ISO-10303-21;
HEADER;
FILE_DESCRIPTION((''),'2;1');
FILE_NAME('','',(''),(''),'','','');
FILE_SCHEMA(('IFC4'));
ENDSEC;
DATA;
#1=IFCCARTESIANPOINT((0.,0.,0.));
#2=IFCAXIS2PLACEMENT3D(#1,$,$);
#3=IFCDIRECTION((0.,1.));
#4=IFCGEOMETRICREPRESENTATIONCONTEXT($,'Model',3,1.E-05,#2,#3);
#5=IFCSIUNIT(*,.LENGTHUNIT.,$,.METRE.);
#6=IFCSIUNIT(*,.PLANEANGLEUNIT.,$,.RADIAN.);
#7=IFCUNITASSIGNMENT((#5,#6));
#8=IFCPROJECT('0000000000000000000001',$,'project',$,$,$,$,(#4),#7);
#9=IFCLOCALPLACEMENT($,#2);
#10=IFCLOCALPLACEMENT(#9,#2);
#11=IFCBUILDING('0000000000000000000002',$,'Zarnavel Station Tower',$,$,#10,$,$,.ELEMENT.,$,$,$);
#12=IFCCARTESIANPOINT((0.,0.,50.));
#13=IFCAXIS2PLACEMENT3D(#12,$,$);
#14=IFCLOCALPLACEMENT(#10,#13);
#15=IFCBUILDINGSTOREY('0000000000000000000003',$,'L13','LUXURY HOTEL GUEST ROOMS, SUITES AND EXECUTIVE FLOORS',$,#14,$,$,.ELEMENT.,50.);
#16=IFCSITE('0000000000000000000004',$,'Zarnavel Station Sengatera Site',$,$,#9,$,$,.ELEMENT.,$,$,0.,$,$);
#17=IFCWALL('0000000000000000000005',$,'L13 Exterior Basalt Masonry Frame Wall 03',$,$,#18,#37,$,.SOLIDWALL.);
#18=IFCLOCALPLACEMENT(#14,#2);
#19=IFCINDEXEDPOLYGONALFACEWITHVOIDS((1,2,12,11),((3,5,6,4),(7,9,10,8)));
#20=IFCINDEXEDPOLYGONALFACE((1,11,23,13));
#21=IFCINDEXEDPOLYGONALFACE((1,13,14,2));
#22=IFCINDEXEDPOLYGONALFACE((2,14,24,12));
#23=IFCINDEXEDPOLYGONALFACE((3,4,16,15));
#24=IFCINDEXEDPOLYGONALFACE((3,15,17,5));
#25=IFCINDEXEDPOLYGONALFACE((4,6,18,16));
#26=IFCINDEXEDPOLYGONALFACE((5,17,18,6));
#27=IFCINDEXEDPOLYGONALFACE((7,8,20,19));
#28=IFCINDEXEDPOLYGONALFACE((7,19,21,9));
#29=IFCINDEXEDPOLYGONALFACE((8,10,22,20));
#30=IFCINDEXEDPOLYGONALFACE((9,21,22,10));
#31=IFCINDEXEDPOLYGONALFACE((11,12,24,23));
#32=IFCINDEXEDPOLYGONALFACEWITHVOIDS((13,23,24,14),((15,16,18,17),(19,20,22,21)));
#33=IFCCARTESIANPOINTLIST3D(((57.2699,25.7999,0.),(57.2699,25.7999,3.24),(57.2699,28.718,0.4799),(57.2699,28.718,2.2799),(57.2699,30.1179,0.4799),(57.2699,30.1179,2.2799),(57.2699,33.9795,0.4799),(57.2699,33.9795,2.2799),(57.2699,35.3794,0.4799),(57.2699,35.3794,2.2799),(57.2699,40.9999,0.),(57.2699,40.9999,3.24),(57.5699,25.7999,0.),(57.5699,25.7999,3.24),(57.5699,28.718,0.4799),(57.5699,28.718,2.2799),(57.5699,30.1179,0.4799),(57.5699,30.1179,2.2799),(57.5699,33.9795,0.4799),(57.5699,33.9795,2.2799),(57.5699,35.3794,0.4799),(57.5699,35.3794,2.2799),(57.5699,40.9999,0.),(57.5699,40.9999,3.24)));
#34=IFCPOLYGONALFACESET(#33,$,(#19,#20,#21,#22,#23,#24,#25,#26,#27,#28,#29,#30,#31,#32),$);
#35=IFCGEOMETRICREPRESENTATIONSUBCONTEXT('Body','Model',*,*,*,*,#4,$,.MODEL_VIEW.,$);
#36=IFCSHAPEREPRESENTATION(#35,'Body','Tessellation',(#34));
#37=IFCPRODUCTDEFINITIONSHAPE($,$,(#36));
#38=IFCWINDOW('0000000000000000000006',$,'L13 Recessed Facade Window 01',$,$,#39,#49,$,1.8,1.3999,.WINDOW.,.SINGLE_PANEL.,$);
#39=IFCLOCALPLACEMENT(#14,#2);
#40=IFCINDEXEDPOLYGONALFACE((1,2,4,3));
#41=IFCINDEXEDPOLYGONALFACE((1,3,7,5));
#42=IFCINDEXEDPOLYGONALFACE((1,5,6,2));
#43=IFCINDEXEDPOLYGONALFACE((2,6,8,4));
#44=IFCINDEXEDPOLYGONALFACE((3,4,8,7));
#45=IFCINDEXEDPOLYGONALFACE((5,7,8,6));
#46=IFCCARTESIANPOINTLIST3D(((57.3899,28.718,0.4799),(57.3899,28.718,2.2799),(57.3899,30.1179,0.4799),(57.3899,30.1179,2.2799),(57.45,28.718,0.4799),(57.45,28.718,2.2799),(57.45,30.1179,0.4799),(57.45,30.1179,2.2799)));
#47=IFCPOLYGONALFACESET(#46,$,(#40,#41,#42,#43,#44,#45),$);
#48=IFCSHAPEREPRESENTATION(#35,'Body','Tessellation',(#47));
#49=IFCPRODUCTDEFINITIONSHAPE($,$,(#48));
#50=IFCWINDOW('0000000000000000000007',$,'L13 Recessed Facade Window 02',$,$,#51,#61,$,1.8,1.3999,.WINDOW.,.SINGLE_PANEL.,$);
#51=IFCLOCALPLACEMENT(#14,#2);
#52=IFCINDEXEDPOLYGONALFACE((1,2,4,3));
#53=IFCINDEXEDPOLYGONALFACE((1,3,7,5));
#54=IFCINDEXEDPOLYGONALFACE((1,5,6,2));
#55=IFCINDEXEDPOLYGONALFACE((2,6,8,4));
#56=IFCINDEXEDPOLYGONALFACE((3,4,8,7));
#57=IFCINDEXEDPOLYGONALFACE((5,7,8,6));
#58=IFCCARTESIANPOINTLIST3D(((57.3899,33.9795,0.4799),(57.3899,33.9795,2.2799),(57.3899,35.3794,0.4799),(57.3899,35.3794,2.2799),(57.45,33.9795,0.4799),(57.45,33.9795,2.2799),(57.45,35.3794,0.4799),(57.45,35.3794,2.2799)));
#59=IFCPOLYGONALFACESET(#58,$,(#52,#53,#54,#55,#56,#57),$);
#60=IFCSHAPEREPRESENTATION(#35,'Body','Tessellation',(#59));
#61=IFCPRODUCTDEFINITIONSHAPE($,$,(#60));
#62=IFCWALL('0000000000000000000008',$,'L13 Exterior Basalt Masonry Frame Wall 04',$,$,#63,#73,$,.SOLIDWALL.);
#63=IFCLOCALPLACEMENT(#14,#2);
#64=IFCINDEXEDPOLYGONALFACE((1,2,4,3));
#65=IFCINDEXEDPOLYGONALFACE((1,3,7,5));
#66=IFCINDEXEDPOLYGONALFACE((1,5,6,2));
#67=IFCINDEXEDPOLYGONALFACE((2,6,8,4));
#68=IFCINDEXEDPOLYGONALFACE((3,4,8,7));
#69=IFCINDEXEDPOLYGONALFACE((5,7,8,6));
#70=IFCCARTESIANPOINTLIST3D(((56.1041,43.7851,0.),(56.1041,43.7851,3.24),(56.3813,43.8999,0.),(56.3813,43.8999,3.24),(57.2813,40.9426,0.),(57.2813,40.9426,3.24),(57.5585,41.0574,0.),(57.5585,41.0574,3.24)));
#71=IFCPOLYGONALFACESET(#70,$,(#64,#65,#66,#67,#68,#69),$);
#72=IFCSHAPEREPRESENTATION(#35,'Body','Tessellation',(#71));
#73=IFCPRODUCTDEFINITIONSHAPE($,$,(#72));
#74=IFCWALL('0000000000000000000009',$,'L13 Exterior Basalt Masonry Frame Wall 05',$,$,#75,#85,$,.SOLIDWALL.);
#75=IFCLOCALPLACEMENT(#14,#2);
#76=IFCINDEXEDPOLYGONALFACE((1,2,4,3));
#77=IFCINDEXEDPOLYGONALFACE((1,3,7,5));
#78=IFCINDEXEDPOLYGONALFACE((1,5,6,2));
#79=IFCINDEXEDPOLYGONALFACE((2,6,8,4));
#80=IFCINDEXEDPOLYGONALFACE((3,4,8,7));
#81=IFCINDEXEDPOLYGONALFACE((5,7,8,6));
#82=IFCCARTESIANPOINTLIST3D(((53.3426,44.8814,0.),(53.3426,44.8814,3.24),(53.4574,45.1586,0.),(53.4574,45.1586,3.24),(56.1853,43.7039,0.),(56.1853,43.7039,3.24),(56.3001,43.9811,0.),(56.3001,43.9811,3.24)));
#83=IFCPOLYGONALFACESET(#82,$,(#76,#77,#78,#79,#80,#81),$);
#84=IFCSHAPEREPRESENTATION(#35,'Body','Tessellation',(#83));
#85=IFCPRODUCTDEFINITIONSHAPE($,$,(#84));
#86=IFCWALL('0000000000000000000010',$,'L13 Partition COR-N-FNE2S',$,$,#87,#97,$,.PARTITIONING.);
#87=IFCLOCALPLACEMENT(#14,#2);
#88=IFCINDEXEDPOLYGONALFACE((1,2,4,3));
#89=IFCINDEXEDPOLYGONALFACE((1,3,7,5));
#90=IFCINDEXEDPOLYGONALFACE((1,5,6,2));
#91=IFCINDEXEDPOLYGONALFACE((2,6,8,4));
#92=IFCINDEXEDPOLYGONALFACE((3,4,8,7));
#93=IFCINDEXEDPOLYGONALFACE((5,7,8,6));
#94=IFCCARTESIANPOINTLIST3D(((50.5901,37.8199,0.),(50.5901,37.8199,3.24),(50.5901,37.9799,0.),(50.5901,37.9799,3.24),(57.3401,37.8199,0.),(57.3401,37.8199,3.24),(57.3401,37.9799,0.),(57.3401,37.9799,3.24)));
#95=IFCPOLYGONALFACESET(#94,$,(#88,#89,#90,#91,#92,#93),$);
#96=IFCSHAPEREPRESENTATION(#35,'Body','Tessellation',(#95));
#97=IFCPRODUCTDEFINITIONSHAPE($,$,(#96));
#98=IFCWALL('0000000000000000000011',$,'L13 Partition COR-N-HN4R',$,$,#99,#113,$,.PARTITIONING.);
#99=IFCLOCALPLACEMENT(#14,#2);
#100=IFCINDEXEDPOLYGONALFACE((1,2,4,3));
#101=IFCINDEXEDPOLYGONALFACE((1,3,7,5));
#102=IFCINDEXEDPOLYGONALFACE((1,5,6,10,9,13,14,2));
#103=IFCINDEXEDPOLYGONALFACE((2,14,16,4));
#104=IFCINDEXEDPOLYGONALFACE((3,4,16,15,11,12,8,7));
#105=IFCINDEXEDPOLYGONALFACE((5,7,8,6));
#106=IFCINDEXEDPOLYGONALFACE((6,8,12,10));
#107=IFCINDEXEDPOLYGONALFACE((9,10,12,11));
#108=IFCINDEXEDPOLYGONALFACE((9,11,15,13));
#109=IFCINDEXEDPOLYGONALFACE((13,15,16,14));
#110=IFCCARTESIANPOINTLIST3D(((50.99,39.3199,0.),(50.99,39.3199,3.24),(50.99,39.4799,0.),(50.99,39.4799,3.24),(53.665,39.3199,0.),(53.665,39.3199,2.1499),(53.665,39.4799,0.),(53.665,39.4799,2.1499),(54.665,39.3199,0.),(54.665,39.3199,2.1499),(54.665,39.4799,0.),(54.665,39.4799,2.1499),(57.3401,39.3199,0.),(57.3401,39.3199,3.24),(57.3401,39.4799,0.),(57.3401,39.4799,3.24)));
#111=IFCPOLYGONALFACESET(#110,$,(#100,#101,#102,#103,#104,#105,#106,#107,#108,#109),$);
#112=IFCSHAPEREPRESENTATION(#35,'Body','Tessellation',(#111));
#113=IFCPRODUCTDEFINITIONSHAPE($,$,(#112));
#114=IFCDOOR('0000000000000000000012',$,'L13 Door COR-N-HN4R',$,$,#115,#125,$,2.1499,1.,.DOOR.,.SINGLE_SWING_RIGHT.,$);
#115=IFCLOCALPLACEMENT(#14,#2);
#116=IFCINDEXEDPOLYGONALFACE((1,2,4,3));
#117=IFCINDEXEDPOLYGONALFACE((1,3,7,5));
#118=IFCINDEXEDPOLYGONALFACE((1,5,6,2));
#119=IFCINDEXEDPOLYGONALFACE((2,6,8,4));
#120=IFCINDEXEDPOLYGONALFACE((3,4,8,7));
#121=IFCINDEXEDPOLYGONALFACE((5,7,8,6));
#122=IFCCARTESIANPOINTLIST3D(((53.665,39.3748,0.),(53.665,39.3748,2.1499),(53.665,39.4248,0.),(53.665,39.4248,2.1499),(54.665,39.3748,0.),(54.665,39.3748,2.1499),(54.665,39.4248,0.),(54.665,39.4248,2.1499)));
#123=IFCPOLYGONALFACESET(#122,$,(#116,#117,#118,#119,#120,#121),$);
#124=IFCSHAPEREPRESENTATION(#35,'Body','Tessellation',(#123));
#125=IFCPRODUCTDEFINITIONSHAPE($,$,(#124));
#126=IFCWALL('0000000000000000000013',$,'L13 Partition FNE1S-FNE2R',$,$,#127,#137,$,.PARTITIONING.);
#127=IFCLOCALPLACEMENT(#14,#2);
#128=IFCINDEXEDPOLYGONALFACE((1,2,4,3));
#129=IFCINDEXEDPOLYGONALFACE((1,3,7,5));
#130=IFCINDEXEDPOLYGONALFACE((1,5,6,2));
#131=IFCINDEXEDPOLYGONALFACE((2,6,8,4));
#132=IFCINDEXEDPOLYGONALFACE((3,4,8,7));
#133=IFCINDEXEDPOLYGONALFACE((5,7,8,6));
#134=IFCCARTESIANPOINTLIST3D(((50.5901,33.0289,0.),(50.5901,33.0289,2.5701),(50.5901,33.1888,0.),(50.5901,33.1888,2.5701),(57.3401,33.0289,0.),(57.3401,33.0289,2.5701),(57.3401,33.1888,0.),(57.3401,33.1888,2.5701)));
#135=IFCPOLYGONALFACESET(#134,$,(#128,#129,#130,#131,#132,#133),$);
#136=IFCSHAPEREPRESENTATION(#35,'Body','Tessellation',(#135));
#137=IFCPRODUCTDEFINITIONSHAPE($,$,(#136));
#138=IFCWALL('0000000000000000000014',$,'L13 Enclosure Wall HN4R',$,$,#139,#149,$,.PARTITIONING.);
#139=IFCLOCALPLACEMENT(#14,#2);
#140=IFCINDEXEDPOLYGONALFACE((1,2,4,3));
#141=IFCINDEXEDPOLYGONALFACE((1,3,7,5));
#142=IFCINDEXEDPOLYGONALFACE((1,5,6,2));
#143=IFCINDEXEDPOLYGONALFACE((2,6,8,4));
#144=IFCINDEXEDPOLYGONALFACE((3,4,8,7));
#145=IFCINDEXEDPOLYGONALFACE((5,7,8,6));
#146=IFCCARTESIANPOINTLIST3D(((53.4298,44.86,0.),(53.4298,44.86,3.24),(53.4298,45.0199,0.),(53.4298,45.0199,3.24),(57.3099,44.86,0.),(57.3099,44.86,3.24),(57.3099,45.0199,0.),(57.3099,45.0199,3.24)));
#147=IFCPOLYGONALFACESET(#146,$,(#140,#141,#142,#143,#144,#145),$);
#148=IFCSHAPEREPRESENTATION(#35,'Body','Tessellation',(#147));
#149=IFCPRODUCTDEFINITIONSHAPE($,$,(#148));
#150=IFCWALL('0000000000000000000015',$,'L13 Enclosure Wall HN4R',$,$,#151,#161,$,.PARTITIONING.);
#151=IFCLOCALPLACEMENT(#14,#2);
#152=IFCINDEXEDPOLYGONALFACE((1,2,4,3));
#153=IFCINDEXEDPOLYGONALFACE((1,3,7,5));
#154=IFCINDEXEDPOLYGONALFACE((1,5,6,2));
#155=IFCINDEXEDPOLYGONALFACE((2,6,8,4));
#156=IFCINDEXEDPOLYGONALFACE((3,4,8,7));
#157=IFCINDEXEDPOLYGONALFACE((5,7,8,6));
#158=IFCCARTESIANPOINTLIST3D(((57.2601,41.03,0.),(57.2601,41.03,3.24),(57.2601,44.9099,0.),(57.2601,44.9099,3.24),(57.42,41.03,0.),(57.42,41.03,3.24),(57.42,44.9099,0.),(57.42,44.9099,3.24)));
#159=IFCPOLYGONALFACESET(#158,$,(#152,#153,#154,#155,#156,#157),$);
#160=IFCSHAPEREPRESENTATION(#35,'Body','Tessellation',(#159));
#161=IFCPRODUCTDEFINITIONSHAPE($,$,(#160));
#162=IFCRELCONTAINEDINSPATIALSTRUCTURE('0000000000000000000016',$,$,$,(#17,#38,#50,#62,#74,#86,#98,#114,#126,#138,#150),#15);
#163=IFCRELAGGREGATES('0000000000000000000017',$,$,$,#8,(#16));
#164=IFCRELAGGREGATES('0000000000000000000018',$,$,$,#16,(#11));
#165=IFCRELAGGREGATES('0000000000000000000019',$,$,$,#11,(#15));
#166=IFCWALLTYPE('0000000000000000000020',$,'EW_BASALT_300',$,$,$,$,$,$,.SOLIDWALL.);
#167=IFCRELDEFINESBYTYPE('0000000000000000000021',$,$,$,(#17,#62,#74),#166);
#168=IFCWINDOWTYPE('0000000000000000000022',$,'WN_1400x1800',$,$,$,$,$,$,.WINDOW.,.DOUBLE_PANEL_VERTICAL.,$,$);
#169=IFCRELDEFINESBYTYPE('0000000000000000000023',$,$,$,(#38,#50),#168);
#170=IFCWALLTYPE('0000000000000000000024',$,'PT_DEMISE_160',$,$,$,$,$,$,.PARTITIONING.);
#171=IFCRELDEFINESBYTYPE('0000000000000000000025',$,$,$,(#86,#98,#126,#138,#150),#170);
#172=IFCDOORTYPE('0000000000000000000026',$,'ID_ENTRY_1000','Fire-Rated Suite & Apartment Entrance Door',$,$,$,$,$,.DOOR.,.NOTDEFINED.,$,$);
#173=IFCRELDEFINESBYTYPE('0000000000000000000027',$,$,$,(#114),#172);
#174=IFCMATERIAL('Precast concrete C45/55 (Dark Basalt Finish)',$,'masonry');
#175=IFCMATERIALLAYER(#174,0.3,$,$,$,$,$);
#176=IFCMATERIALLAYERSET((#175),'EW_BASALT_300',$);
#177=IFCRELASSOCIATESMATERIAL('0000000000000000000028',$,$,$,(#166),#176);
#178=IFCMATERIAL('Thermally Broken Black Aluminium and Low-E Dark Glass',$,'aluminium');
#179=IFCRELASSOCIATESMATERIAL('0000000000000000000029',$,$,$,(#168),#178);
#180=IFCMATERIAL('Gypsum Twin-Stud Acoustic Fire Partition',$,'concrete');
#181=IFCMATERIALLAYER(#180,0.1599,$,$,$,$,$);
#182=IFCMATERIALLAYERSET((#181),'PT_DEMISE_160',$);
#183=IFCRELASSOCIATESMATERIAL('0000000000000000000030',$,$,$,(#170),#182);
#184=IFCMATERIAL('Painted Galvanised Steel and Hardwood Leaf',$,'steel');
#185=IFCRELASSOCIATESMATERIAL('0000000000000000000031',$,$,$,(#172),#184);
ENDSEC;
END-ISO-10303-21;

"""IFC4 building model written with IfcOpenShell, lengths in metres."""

from ifc_helpers import new_model, si_unit, direction, frame, frame_2d, origin, place, context, subcontext, project, spatial, rectangle, extrude, material, layer, layer_set, type_object, element, fill, save


model = new_model("IFC4")

# Units and contexts
model_context = context("Model", 3, precision=1e-05, world=origin(), true_north=direction((0.0, 1.0)))
body_context = subcontext(model_context, "Body", "Model", "MODEL_VIEW")
ifc_project = project(units=[si_unit("LENGTHUNIT", "METRE"), si_unit("PLANEANGLEUNIT", "RADIAN")], contexts=[model_context])

# Site, building, storey
site_placement = place(None, origin())
site = spatial("IfcSite", under=ifc_project, at=site_placement, Name="Zarnavel Station Sengatera Site", CompositionType="ELEMENT", RefElevation=0.0)
building_placement = place(site_placement, origin())
building = spatial("IfcBuilding", under=site, at=building_placement, Name="Zarnavel Station Tower", CompositionType="ELEMENT")
storey_placement = place(building_placement, frame((0.0, 0.0, 50.0)))
storey = spatial("IfcBuildingStorey", under=building, at=storey_placement, Name="L13", Description="LUXURY HOTEL GUEST ROOMS, SUITES AND EXECUTIVE FLOORS", CompositionType="ELEMENT", Elevation=50.0)

# Wall, openings, windows
ifc_material_1 = material(Name="Precast concrete C45/55 (Dark Basalt Finish)", Category="masonry")
ifc_layer_1 = layer(ifc_material_1, 0.3)
ifc_layer_set_1 = layer_set([ifc_layer_1], Name="EW_BASALT_300")
wall_type_1 = type_object("IfcWallType", Name="EW_BASALT_300", PredefinedType="SOLIDWALL", material=ifc_layer_set_1)
wall_1_placement = place(storey_placement, frame((57.4199, 41.0, 0.0), z_axis=(0.0, 0.0, 1.0), x_axis=(0.0, -1.0, 0.0)))
wall_1 = element("IfcWall", 1, at=wall_1_placement, inside=storey, type_object=wall_type_1, Name="L13 Exterior Basalt Masonry Frame Wall 03", PredefinedType="SOLIDWALL", context=body_context, shape_type="SweptSolid", body=[
    extrude(rectangle(XDim=15.2, YDim=0.3, at=frame_2d((7.6001, 0.0))), origin(), (0.0, 0.0, 1.0), 3.24),
])
opening_1_placement = place(wall_1_placement, frame((10.8821, 0.0, 0.48)))
opening_1 = element("IfcOpeningElement", 2, at=opening_1_placement, cuts=wall_1, PredefinedType="OPENING", context=body_context, shape_type="SweptSolid", body=[
    extrude(rectangle(XDim=1.3999, YDim=1.8, at=frame_2d((0.7, 0.8999))), frame((0.0, 0.1599, 0.0), z_axis=(0.0, -1.0, 0.0), x_axis=(1.0, 0.0, 0.0)), (0.0, 0.0, 1.0), 0.3201),
])
opening_2_placement = place(wall_1_placement, frame((5.6206, 0.0, 0.48)))
opening_2 = element("IfcOpeningElement", 3, at=opening_2_placement, cuts=wall_1, PredefinedType="OPENING", context=body_context, shape_type="SweptSolid", body=[
    extrude(rectangle(XDim=1.3999, YDim=1.8, at=frame_2d((0.7, 0.8999))), frame((0.0, 0.1599, 0.0), z_axis=(0.0, -1.0, 0.0), x_axis=(1.0, 0.0, 0.0)), (0.0, 0.0, 1.0), 0.3201),
])
ifc_material_2 = material(Name="Thermally Broken Black Aluminium and Low-E Dark Glass", Category="aluminium")
window_type = type_object("IfcWindowType", Name="WN_1400x1800", PartitioningType="DOUBLE_PANEL_VERTICAL", PredefinedType="WINDOW", material=ifc_material_2)
window_1_placement = place(opening_1_placement, origin())
window_1 = element("IfcWindow", 4, at=window_1_placement, inside=storey, type_object=window_type, Name="L13 Recessed Facade Window 01", OverallHeight=1.8, OverallWidth=1.3999, PartitioningType="SINGLE_PANEL", PredefinedType="WINDOW", context=body_context, shape_type="SweptSolid", body=[
    extrude(rectangle(XDim=1.3999, YDim=1.8, at=frame_2d((0.7, 0.8999))), frame((0.0, 0.03, 0.0), z_axis=(0.0, -1.0, 0.0), x_axis=(1.0, 0.0, 0.0)), (0.0, 0.0, 1.0), 0.0601),
])
fill(opening_1, window_1)
window_2_placement = place(opening_2_placement, origin())
window_2 = element("IfcWindow", 5, at=window_2_placement, inside=storey, type_object=window_type, Name="L13 Recessed Facade Window 02", OverallHeight=1.8, OverallWidth=1.3999, PartitioningType="SINGLE_PANEL", PredefinedType="WINDOW", context=body_context, shape_type="SweptSolid", body=[
    extrude(rectangle(XDim=1.3999, YDim=1.8, at=frame_2d((0.7, 0.8999))), frame((0.0, 0.03, 0.0), z_axis=(0.0, -1.0, 0.0), x_axis=(1.0, 0.0, 0.0)), (0.0, 0.0, 1.0), 0.0601),
])
fill(opening_2, window_2)

# Walls
wall_2_placement = place(storey_placement, frame((56.2427, 43.8425, 0.0), z_axis=(0.0, 0.0, 1.0), x_axis=(0.382637, -0.923899, 0.0)))
element("IfcWall", 6, at=wall_2_placement, inside=storey, type_object=wall_type_1, Name="L13 Exterior Basalt Masonry Frame Wall 04", PredefinedType="SOLIDWALL", context=body_context, shape_type="SweptSolid", body=[
    extrude(rectangle(XDim=3.0767, YDim=0.3, at=frame_2d((1.5383, 0.0))), origin(), (0.0, 0.0, 1.0), 3.24),
])
wall_3_placement = place(storey_placement, frame((53.3999, 45.02, 0.0), z_axis=(0.0, 0.0, 1.0), x_axis=(0.923882, -0.382676, 0.0)))
element("IfcWall", 7, at=wall_3_placement, inside=storey, type_object=wall_type_1, Name="L13 Exterior Basalt Masonry Frame Wall 05", PredefinedType="SOLIDWALL", context=body_context, shape_type="SweptSolid", body=[
    extrude(rectangle(XDim=3.0769, YDim=0.3, at=frame_2d((1.5386, 0.0))), origin(), (0.0, 0.0, 1.0), 3.24),
])
ifc_material_3 = material(Name="Gypsum Twin-Stud Acoustic Fire Partition", Category="concrete")
ifc_layer_2 = layer(ifc_material_3, 0.1599)
ifc_layer_set_2 = layer_set([ifc_layer_2], Name="PT_DEMISE_160")
wall_type_2 = type_object("IfcWallType", Name="PT_DEMISE_160", PredefinedType="PARTITIONING", material=ifc_layer_set_2)
wall_4_placement = place(storey_placement, frame((50.5901, 37.8999, 0.0), z_axis=(0.0, 0.0, 1.0), x_axis=(1.0, 0.0, 0.0)))
element("IfcWall", 8, at=wall_4_placement, inside=storey, type_object=wall_type_2, Name="L13 Partition COR-N-FNE2S", PredefinedType="PARTITIONING", context=body_context, shape_type="SweptSolid", body=[
    extrude(rectangle(XDim=6.75, YDim=0.1599, at=frame_2d((3.375, 0.0))), origin(), (0.0, 0.0, 1.0), 3.24),
])

# Wall, opening, door
wall_5_placement = place(storey_placement, frame((50.99, 39.3999, 0.0), z_axis=(0.0, 0.0, 1.0), x_axis=(1.0, 0.0, 0.0)))
wall_5 = element("IfcWall", 9, at=wall_5_placement, inside=storey, type_object=wall_type_2, Name="L13 Partition COR-N-HN4R", PredefinedType="PARTITIONING", context=body_context, shape_type="SweptSolid", body=[
    extrude(rectangle(XDim=6.3501, YDim=0.1599, at=frame_2d((3.175, 0.0))), origin(), (0.0, 0.0, 1.0), 3.24),
])
opening_3_placement = place(wall_5_placement, frame((2.675, 0.0, 0.0)))
opening_3 = element("IfcOpeningElement", 10, at=opening_3_placement, cuts=wall_5, PredefinedType="OPENING", context=body_context, shape_type="SweptSolid", body=[
    extrude(rectangle(XDim=1.0, YDim=2.1499, at=frame_2d((0.5, 1.075))), frame((0.0, 0.0898, 0.0), z_axis=(0.0, -1.0, 0.0), x_axis=(1.0, 0.0, 0.0)), (0.0, 0.0, 1.0), 0.1799),
])
ifc_material_4 = material(Name="Painted Galvanised Steel and Hardwood Leaf", Category="steel")
door_type_1 = type_object("IfcDoorType", Name="ID_ENTRY_1000", Description="Fire-Rated Suite & Apartment Entrance Door", OperationType="NOTDEFINED", PredefinedType="DOOR", material=ifc_material_4)
door_1_placement = place(opening_3_placement, origin())
door_1 = element("IfcDoor", 11, at=door_1_placement, inside=storey, type_object=door_type_1, Name="L13 Door COR-N-HN4R", OperationType="SINGLE_SWING_RIGHT", OverallHeight=2.1499, OverallWidth=1.0, PredefinedType="DOOR", context=body_context, shape_type="SweptSolid", body=[
    extrude(rectangle(XDim=1.0, YDim=2.1499, at=frame_2d((0.5, 1.075))), frame((0.0, 0.0249, 0.0), z_axis=(0.0, -1.0, 0.0), x_axis=(1.0, 0.0, 0.0)), (0.0, 0.0, 1.0), 0.05),
])
fill(opening_3, door_1)

# Walls
wall_6_placement = place(storey_placement, frame((50.5901, 33.1089, 0.0), z_axis=(0.0, 0.0, 1.0), x_axis=(1.0, 0.0, 0.0)))
element("IfcWall", 12, at=wall_6_placement, inside=storey, type_object=wall_type_2, Name="L13 Partition FNE1S-FNE2R", PredefinedType="PARTITIONING", context=body_context, shape_type="SweptSolid", body=[
    extrude(rectangle(XDim=6.75, YDim=0.1599, at=frame_2d((3.375, 0.0))), origin(), (0.0, 0.0, 1.0), 2.5701),
])
wall_7_placement = place(storey_placement, frame((53.4299, 44.9399, 0.0), z_axis=(0.0, 0.0, 1.0), x_axis=(1.0, 0.0, 0.0)))
element("IfcWall", 13, at=wall_7_placement, inside=storey, type_object=wall_type_2, Name="L13 Enclosure Wall HN4R", PredefinedType="PARTITIONING", context=body_context, shape_type="SweptSolid", body=[
    extrude(rectangle(XDim=3.8801, YDim=0.1599, at=frame_2d((1.9399, 0.0))), origin(), (0.0, 0.0, 1.0), 3.24),
])
wall_8_placement = place(storey_placement, frame((57.3401, 41.03, 0.0), z_axis=(0.0, 0.0, 1.0), x_axis=(0.0, 1.0, 0.0)))
element("IfcWall", 14, at=wall_8_placement, inside=storey, type_object=wall_type_2, Name="L13 Enclosure Wall HN4R", PredefinedType="PARTITIONING", context=body_context, shape_type="SweptSolid", body=[
    extrude(rectangle(XDim=3.8799, YDim=0.1599, at=frame_2d((1.9399, 0.0))), origin(), (0.0, 0.0, 1.0), 3.24),
])

save(model, "model.ifc")
